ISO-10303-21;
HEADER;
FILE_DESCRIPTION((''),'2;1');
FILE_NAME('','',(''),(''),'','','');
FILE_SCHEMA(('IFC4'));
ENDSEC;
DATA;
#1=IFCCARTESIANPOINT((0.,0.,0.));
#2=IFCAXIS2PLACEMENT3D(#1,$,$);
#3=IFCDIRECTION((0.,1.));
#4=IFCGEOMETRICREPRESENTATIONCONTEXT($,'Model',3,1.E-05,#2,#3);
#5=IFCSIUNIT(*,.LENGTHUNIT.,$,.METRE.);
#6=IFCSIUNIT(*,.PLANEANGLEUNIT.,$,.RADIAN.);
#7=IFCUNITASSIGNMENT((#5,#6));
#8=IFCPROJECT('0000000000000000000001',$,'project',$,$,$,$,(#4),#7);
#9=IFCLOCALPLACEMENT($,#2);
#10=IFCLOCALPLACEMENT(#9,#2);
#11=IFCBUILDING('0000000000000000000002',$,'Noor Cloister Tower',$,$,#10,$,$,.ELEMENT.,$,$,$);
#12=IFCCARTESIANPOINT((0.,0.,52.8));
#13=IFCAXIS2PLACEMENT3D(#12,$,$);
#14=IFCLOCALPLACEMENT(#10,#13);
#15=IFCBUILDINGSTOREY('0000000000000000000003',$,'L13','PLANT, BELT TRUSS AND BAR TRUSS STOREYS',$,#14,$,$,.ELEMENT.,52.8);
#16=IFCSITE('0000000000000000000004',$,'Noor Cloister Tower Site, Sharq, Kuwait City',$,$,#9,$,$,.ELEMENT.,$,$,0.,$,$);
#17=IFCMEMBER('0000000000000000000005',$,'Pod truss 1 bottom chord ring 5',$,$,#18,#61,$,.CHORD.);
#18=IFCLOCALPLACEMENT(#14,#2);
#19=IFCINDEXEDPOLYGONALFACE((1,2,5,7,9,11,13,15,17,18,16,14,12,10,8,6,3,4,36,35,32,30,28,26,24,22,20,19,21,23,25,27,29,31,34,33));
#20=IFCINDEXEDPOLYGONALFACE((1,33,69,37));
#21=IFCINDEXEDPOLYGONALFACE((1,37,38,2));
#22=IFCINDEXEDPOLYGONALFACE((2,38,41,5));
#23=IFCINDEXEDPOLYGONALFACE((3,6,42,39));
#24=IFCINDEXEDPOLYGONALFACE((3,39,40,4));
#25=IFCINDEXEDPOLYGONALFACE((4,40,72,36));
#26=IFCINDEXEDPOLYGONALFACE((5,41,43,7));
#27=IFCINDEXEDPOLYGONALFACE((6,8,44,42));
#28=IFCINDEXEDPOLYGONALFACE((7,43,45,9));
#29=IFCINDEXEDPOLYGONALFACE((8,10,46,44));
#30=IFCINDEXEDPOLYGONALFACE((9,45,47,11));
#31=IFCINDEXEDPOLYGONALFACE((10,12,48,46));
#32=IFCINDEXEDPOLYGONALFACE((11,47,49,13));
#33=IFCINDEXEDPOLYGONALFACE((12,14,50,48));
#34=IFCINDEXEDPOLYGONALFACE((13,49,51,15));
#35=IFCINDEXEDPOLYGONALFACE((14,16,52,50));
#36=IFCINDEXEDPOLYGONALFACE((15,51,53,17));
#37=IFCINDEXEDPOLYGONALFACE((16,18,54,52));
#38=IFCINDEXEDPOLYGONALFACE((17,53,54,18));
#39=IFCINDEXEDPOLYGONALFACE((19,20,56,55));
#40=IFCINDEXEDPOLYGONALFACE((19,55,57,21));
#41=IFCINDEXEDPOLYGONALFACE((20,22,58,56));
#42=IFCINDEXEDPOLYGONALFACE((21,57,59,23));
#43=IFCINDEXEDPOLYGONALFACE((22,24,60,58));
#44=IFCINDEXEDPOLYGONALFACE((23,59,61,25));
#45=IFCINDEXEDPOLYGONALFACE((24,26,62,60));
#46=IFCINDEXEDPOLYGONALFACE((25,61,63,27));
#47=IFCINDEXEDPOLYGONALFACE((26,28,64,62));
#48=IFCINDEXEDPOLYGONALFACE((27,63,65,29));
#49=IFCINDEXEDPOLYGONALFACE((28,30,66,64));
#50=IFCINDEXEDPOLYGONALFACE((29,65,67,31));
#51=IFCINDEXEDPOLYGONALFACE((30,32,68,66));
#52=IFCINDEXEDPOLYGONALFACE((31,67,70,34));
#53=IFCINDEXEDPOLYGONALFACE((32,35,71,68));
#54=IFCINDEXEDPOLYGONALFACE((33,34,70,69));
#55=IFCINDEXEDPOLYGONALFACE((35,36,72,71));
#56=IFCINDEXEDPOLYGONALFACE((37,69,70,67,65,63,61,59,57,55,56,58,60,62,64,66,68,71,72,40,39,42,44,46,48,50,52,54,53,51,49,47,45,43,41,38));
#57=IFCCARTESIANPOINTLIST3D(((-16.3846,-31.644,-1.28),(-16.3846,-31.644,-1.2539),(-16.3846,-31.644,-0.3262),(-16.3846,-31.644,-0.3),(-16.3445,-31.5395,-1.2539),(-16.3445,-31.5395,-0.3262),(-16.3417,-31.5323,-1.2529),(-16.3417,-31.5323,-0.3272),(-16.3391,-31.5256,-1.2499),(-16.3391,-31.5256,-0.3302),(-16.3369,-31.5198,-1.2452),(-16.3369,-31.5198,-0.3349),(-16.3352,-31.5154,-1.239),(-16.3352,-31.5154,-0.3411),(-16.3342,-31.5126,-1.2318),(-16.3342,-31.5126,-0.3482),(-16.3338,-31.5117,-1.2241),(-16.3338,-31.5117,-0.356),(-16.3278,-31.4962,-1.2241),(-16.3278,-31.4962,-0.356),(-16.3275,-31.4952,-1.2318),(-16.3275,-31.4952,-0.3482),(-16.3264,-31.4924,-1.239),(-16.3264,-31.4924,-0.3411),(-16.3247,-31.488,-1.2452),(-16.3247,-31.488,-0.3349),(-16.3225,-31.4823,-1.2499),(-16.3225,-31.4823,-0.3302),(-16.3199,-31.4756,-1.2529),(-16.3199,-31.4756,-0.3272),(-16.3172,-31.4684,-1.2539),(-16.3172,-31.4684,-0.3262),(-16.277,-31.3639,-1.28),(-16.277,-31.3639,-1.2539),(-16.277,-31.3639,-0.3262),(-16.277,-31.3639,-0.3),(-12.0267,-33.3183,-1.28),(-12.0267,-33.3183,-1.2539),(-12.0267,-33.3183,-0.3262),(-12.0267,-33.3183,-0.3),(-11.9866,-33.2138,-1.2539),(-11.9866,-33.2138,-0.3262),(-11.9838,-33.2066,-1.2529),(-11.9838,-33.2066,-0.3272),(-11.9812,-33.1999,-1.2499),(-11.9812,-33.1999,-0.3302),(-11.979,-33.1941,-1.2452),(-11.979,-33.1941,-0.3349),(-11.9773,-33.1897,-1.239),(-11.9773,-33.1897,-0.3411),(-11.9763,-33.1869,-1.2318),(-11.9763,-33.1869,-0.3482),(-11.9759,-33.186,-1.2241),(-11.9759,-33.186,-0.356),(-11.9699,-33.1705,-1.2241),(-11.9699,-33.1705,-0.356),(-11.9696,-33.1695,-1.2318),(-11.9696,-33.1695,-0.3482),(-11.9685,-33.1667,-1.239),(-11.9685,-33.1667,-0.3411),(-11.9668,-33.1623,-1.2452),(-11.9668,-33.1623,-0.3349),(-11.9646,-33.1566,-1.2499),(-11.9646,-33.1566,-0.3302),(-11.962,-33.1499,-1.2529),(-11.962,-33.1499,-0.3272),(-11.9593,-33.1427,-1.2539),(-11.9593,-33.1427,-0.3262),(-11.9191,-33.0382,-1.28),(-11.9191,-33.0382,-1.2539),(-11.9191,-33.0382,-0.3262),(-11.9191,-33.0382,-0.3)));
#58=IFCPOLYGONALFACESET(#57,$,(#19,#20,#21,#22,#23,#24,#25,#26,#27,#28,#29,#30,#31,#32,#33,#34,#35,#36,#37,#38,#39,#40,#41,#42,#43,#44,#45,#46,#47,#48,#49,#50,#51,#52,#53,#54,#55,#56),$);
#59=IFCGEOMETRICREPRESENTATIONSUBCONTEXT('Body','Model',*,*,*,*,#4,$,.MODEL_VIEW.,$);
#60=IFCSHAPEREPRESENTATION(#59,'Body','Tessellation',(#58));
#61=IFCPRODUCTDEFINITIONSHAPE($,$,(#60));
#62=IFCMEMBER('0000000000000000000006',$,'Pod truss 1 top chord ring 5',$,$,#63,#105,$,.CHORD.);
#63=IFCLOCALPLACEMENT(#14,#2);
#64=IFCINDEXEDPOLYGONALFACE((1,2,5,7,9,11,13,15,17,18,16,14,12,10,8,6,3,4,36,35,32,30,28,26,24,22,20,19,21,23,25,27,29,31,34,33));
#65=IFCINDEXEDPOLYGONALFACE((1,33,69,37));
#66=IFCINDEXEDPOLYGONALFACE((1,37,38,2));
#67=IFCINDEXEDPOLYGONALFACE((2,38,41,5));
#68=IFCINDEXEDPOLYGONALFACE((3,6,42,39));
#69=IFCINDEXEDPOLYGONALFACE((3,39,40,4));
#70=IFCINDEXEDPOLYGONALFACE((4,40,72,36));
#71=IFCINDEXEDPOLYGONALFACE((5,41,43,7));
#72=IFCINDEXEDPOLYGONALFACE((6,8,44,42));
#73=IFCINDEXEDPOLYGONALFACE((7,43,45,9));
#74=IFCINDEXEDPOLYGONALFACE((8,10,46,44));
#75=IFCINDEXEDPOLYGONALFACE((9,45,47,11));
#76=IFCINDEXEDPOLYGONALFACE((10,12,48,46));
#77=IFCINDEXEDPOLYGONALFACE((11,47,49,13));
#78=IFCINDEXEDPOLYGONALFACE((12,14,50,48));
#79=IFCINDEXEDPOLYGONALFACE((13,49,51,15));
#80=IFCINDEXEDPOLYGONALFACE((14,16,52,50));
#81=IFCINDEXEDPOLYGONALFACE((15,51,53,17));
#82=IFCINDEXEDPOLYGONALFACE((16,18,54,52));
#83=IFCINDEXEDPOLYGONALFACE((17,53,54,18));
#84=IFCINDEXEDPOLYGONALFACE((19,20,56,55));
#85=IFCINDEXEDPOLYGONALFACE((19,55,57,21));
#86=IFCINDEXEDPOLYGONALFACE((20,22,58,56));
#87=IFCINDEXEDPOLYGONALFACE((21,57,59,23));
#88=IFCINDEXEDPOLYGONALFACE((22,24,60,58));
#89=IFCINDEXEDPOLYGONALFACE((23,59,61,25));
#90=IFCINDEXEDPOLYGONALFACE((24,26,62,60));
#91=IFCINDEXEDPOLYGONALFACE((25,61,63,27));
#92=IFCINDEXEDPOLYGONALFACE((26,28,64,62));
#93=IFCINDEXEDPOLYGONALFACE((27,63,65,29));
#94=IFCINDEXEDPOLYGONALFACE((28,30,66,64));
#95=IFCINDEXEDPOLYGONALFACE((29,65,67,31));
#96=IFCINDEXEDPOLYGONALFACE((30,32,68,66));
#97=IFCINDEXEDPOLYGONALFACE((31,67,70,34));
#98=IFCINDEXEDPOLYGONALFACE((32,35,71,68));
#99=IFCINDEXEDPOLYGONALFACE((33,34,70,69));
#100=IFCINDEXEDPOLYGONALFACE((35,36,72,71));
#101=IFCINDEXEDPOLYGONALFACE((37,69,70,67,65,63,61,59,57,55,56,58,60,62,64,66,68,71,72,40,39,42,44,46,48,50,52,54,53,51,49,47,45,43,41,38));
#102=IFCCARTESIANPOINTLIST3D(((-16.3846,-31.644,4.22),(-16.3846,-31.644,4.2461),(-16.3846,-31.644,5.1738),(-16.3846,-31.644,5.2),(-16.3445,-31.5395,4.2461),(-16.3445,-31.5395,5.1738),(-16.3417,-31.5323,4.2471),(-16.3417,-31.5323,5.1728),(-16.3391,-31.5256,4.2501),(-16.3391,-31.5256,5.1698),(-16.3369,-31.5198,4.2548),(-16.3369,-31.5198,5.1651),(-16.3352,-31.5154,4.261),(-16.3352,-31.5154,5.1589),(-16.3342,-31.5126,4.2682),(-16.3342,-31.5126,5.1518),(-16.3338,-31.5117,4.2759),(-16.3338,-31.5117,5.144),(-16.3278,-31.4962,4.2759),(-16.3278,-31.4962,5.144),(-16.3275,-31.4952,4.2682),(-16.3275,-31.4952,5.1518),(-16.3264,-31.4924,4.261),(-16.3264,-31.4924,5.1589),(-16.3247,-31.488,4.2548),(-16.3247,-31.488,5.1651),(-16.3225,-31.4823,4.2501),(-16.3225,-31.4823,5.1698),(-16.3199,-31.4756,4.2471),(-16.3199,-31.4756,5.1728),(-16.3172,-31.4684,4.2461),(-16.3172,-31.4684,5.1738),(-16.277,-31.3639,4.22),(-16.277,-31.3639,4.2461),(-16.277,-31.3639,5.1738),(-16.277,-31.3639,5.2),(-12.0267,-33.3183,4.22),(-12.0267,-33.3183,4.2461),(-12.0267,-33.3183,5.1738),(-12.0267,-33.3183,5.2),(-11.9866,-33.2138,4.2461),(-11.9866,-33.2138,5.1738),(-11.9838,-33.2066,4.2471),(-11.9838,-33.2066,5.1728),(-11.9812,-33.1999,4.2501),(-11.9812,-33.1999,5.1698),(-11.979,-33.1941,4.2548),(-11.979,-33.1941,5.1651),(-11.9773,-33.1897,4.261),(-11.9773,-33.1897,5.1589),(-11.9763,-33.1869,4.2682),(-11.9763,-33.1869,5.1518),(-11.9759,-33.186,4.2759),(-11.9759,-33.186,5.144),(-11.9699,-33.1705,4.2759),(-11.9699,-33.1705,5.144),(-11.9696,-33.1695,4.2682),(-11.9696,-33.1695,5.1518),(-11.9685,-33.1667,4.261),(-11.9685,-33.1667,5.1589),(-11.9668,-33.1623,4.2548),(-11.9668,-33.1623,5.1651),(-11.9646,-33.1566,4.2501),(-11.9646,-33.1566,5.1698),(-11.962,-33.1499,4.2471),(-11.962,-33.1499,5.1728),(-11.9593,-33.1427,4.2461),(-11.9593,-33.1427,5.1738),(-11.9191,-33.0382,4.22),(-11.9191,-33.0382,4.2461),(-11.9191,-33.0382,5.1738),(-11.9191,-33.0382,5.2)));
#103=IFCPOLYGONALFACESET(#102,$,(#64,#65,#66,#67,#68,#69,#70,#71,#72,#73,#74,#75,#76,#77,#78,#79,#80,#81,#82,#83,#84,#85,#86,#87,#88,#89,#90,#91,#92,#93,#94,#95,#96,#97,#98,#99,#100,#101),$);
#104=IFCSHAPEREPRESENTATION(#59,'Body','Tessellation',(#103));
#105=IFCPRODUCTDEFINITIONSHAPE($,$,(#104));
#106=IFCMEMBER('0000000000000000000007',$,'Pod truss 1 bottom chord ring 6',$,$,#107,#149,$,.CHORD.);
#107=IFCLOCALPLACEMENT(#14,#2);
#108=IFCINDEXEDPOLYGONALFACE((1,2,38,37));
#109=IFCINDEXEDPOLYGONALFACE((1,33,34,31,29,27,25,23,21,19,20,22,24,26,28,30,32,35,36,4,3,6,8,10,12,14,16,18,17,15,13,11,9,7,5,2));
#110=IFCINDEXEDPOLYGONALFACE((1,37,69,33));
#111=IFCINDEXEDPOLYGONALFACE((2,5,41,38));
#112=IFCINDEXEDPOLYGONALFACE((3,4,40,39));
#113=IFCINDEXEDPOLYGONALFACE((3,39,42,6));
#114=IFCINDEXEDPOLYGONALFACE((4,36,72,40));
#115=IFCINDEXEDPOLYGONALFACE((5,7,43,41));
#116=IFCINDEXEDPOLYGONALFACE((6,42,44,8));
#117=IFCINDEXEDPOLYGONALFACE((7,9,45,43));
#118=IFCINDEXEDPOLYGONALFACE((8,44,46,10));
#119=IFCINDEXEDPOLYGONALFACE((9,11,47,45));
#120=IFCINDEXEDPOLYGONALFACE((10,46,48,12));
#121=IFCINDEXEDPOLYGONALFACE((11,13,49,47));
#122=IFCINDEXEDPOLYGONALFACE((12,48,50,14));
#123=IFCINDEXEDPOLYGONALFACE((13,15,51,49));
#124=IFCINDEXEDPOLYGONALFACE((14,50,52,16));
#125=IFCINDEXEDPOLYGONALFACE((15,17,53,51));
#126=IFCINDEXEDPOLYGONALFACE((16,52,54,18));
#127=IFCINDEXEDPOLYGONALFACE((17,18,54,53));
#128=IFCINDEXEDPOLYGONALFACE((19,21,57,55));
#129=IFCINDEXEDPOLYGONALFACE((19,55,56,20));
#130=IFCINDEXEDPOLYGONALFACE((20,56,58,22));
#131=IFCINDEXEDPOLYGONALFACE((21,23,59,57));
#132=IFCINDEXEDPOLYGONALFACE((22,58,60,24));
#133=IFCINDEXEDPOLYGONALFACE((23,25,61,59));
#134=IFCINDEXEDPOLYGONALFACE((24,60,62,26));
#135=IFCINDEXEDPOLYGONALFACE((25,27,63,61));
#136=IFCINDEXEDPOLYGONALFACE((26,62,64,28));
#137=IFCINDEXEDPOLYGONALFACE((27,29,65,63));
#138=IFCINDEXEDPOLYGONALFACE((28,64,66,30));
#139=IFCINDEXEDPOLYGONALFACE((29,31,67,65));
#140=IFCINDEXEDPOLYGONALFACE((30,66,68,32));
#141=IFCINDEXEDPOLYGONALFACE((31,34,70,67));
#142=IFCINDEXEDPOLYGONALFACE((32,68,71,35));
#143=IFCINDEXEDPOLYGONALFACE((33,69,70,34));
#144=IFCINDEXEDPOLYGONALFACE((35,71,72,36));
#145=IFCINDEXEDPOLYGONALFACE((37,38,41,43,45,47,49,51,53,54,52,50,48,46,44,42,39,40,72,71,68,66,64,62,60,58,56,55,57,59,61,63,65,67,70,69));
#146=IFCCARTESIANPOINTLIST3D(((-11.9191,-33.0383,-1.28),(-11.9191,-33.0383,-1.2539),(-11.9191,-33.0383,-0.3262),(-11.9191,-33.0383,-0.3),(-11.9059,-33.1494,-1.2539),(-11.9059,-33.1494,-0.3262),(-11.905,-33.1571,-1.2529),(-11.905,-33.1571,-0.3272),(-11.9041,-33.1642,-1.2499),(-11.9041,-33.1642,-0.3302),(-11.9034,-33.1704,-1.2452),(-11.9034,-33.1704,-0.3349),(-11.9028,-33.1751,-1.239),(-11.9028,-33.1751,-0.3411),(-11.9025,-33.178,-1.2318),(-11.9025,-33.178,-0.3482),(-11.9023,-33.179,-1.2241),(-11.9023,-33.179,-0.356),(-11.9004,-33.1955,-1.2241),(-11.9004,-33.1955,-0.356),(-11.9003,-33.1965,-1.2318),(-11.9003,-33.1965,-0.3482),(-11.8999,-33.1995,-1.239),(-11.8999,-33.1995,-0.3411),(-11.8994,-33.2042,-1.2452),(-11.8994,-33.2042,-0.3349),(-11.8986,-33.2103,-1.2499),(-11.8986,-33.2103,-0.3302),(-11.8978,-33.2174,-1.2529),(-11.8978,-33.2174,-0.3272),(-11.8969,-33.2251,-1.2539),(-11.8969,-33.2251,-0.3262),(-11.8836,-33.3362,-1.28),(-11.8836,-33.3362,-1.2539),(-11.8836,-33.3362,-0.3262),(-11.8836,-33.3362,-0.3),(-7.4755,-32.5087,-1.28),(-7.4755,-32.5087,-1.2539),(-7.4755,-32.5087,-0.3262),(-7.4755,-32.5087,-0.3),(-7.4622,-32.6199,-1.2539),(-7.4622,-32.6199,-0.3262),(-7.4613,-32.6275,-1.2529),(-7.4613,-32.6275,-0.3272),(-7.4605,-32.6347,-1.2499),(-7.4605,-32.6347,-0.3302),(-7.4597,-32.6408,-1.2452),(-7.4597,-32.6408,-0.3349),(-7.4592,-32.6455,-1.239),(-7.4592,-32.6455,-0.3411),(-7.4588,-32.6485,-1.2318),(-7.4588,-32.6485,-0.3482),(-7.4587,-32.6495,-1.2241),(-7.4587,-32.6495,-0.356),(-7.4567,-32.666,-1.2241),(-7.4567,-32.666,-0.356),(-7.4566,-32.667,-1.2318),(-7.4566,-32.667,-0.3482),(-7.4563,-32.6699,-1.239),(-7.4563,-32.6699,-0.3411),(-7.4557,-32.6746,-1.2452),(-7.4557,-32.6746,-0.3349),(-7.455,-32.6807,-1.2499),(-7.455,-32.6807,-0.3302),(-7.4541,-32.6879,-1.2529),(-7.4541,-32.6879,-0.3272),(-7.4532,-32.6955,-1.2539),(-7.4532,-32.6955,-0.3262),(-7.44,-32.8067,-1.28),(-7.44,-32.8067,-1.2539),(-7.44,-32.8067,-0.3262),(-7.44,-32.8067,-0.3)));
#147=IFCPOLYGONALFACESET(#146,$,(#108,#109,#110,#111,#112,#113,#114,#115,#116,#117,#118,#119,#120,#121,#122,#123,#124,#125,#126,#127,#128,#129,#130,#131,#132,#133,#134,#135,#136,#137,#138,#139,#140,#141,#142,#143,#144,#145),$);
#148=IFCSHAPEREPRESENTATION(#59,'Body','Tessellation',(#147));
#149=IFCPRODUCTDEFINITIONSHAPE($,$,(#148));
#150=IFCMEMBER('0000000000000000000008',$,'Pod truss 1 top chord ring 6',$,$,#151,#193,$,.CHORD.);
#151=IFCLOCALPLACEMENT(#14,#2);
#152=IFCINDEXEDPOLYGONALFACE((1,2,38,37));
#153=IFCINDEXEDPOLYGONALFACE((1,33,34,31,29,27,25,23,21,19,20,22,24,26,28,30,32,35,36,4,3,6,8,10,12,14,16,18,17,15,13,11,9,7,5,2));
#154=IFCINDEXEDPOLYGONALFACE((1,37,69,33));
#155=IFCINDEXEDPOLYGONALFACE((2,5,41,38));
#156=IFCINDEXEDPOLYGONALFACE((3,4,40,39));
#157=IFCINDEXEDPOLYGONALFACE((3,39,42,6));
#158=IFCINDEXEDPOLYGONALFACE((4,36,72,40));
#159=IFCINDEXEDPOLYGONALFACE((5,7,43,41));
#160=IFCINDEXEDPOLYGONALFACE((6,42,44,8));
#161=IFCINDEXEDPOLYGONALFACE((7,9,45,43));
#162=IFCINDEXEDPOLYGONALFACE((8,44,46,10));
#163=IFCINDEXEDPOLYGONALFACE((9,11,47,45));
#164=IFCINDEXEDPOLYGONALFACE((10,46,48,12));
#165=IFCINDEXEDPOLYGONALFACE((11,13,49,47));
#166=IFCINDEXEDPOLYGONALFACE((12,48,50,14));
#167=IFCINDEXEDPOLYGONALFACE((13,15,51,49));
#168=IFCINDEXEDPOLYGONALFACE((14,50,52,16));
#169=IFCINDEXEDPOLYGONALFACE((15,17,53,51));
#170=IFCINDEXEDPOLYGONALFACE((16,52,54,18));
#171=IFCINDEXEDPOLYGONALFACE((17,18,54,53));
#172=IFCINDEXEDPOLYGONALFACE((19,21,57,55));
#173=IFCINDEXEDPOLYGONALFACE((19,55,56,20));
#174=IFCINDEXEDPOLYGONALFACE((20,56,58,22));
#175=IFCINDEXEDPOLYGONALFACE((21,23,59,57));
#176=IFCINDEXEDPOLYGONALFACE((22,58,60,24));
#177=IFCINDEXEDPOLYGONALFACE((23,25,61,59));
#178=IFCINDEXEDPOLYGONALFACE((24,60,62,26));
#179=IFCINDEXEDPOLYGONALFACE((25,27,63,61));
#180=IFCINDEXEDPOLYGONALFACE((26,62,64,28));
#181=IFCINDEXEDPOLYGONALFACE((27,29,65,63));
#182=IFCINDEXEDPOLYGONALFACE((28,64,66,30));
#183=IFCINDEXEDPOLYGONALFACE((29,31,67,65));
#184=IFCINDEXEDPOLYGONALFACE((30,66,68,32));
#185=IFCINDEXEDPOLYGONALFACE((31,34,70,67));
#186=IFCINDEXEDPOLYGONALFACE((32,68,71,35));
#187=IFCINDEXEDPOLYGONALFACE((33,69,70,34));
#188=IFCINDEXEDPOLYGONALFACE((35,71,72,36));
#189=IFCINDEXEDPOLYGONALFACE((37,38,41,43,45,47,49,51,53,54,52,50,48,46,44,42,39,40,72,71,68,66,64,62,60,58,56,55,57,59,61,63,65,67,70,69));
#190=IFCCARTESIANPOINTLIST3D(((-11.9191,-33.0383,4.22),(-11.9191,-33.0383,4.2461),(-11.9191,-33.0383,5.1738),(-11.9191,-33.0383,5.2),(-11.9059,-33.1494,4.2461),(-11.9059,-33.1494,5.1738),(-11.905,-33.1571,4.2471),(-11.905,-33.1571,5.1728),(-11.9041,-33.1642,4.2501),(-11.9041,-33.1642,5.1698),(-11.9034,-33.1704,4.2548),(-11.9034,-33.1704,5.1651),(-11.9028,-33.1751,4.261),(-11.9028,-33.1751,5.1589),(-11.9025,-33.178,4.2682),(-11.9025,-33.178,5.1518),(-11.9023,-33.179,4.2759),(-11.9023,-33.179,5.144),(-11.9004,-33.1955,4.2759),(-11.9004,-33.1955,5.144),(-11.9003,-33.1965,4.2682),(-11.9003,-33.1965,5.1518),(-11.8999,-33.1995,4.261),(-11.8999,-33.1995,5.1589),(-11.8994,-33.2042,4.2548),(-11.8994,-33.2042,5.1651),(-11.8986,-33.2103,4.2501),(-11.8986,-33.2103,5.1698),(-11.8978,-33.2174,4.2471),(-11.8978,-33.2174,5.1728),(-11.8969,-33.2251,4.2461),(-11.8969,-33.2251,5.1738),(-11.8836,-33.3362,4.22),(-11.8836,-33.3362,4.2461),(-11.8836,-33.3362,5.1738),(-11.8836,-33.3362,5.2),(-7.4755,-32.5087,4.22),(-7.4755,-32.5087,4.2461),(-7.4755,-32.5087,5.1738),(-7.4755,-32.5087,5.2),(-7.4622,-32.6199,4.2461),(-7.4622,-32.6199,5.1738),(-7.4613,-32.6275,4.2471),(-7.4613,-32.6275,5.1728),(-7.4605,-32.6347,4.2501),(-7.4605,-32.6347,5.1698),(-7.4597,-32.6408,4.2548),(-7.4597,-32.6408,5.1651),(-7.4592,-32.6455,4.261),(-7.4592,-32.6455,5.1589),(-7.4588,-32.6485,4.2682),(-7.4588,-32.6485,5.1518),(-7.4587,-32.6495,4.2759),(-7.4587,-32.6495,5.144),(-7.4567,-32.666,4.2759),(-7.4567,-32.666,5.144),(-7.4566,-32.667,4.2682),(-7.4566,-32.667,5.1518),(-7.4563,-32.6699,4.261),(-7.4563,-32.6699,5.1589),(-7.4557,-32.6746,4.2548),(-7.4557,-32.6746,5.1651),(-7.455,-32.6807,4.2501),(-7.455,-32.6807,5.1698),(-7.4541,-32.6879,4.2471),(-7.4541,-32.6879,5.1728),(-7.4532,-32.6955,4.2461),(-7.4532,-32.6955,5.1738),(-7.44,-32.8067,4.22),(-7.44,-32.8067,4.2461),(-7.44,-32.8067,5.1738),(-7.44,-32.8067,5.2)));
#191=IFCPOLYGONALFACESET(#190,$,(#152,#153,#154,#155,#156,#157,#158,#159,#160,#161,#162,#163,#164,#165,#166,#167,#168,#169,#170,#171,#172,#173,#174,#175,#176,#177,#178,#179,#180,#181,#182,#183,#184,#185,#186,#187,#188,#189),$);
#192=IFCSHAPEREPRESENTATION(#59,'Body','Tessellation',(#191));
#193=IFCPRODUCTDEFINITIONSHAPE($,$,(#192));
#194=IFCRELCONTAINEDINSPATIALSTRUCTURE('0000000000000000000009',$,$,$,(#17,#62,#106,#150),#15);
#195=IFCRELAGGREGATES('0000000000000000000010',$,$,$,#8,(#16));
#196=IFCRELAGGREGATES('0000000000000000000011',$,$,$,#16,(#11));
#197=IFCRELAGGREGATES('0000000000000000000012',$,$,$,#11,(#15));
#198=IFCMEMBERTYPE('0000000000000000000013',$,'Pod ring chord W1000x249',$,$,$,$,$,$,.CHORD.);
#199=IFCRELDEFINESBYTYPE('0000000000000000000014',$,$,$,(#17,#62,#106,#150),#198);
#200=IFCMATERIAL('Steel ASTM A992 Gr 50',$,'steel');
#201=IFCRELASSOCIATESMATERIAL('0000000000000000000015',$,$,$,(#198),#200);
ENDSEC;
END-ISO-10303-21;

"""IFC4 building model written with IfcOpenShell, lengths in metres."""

from ifc_helpers import new_model, si_unit, direction, frame, origin, origin_2d, place, context, subcontext, project, spatial, i_section, extrude, material, material_profile, profile_set, type_object, element, save


model = new_model("IFC4")

# Units and contexts
model_context = context("Model", 3, precision=1e-05, world=origin(), true_north=direction((0.0, 1.0)))
body_context = subcontext(model_context, "Body", "Model", "MODEL_VIEW")
ifc_project = project(units=[si_unit("LENGTHUNIT", "METRE"), si_unit("PLANEANGLEUNIT", "RADIAN")], contexts=[model_context])

# Site, building, storey
site_placement = place(None, origin())
site = spatial("IfcSite", under=ifc_project, at=site_placement, Name="Noor Cloister Tower Site, Sharq, Kuwait City", CompositionType="ELEMENT", RefElevation=0.0)
building_placement = place(site_placement, origin())
building = spatial("IfcBuilding", under=site, at=building_placement, Name="Noor Cloister Tower", CompositionType="ELEMENT")
storey_placement = place(building_placement, frame((0.0, 0.0, 52.8)))
storey = spatial("IfcBuildingStorey", under=building, at=storey_placement, Name="L13", Description="PLANT, BELT TRUSS AND BAR TRUSS STOREYS", CompositionType="ELEMENT", Elevation=52.8)

# Members
ifc_material_1 = material(Name="Steel ASTM A992 Gr 50", Category="steel")
ifc_material_profile_1 = material_profile(ifc_material_1, i_section(OverallWidth=0.3, OverallDepth=0.98, WebThickness=0.0166, FlangeThickness=0.0261, FilletRadius=0.0298, at=origin_2d()), Name="W1000x249")
ifc_profile_set_1 = profile_set([ifc_material_profile_1], Name="Steel ASTM A992 Gr 50")
member_type_1 = type_object("IfcMemberType", Name="Pod ring chord W1000x249", PredefinedType="CHORD", material=ifc_profile_set_1)
for number, where, z_axis, x_axis, name in (
    (1, (-16.3308, -31.5039, -0.79), (0.933475, -0.358643, 0.0), (0.358643, 0.933475, 0.0), "Pod truss 1 bottom chord ring 5"),
    (2, (-16.3308, -31.5039, 4.71), (0.933475, -0.358643, 0.0), (0.358643, 0.933475, 0.0), "Pod truss 1 top chord ring 5"),
):
    element("IfcMember", number, at=place(storey_placement, frame(where, z_axis=z_axis, x_axis=x_axis)), inside=storey, type_object=member_type_1, Name=name, PredefinedType="CHORD", context=body_context, shape_type="SweptSolid", body=[
        extrude(i_section(OverallWidth=0.3, OverallDepth=0.98, WebThickness=0.0166, FlangeThickness=0.0261, FilletRadius=0.0298, at=origin_2d()), origin(), (0.0, 0.0, 1.0), 4.6685),
    ])
for number, where, z_axis, x_axis, name in (
    (3, (-11.9014, -33.1873, -0.79), (0.992974, 0.118332, 0.0), (-0.118332, 0.992974, 0.0), "Pod truss 1 bottom chord ring 6"),
    (4, (-11.9014, -33.1873, 4.71), (0.992974, 0.118332, 0.0), (-0.118332, 0.992974, 0.0), "Pod truss 1 top chord ring 6"),
):
    element("IfcMember", number, at=place(storey_placement, frame(where, z_axis=z_axis, x_axis=x_axis)), inside=storey, type_object=member_type_1, Name=name, PredefinedType="CHORD", context=body_context, shape_type="SweptSolid", body=[
        extrude(i_section(OverallWidth=0.3, OverallDepth=0.98, WebThickness=0.0166, FlangeThickness=0.0261, FilletRadius=0.0298, at=origin_2d()), origin(), (0.0, 0.0, 1.0), 4.4751),
    ])

save(model, "model.ifc")
